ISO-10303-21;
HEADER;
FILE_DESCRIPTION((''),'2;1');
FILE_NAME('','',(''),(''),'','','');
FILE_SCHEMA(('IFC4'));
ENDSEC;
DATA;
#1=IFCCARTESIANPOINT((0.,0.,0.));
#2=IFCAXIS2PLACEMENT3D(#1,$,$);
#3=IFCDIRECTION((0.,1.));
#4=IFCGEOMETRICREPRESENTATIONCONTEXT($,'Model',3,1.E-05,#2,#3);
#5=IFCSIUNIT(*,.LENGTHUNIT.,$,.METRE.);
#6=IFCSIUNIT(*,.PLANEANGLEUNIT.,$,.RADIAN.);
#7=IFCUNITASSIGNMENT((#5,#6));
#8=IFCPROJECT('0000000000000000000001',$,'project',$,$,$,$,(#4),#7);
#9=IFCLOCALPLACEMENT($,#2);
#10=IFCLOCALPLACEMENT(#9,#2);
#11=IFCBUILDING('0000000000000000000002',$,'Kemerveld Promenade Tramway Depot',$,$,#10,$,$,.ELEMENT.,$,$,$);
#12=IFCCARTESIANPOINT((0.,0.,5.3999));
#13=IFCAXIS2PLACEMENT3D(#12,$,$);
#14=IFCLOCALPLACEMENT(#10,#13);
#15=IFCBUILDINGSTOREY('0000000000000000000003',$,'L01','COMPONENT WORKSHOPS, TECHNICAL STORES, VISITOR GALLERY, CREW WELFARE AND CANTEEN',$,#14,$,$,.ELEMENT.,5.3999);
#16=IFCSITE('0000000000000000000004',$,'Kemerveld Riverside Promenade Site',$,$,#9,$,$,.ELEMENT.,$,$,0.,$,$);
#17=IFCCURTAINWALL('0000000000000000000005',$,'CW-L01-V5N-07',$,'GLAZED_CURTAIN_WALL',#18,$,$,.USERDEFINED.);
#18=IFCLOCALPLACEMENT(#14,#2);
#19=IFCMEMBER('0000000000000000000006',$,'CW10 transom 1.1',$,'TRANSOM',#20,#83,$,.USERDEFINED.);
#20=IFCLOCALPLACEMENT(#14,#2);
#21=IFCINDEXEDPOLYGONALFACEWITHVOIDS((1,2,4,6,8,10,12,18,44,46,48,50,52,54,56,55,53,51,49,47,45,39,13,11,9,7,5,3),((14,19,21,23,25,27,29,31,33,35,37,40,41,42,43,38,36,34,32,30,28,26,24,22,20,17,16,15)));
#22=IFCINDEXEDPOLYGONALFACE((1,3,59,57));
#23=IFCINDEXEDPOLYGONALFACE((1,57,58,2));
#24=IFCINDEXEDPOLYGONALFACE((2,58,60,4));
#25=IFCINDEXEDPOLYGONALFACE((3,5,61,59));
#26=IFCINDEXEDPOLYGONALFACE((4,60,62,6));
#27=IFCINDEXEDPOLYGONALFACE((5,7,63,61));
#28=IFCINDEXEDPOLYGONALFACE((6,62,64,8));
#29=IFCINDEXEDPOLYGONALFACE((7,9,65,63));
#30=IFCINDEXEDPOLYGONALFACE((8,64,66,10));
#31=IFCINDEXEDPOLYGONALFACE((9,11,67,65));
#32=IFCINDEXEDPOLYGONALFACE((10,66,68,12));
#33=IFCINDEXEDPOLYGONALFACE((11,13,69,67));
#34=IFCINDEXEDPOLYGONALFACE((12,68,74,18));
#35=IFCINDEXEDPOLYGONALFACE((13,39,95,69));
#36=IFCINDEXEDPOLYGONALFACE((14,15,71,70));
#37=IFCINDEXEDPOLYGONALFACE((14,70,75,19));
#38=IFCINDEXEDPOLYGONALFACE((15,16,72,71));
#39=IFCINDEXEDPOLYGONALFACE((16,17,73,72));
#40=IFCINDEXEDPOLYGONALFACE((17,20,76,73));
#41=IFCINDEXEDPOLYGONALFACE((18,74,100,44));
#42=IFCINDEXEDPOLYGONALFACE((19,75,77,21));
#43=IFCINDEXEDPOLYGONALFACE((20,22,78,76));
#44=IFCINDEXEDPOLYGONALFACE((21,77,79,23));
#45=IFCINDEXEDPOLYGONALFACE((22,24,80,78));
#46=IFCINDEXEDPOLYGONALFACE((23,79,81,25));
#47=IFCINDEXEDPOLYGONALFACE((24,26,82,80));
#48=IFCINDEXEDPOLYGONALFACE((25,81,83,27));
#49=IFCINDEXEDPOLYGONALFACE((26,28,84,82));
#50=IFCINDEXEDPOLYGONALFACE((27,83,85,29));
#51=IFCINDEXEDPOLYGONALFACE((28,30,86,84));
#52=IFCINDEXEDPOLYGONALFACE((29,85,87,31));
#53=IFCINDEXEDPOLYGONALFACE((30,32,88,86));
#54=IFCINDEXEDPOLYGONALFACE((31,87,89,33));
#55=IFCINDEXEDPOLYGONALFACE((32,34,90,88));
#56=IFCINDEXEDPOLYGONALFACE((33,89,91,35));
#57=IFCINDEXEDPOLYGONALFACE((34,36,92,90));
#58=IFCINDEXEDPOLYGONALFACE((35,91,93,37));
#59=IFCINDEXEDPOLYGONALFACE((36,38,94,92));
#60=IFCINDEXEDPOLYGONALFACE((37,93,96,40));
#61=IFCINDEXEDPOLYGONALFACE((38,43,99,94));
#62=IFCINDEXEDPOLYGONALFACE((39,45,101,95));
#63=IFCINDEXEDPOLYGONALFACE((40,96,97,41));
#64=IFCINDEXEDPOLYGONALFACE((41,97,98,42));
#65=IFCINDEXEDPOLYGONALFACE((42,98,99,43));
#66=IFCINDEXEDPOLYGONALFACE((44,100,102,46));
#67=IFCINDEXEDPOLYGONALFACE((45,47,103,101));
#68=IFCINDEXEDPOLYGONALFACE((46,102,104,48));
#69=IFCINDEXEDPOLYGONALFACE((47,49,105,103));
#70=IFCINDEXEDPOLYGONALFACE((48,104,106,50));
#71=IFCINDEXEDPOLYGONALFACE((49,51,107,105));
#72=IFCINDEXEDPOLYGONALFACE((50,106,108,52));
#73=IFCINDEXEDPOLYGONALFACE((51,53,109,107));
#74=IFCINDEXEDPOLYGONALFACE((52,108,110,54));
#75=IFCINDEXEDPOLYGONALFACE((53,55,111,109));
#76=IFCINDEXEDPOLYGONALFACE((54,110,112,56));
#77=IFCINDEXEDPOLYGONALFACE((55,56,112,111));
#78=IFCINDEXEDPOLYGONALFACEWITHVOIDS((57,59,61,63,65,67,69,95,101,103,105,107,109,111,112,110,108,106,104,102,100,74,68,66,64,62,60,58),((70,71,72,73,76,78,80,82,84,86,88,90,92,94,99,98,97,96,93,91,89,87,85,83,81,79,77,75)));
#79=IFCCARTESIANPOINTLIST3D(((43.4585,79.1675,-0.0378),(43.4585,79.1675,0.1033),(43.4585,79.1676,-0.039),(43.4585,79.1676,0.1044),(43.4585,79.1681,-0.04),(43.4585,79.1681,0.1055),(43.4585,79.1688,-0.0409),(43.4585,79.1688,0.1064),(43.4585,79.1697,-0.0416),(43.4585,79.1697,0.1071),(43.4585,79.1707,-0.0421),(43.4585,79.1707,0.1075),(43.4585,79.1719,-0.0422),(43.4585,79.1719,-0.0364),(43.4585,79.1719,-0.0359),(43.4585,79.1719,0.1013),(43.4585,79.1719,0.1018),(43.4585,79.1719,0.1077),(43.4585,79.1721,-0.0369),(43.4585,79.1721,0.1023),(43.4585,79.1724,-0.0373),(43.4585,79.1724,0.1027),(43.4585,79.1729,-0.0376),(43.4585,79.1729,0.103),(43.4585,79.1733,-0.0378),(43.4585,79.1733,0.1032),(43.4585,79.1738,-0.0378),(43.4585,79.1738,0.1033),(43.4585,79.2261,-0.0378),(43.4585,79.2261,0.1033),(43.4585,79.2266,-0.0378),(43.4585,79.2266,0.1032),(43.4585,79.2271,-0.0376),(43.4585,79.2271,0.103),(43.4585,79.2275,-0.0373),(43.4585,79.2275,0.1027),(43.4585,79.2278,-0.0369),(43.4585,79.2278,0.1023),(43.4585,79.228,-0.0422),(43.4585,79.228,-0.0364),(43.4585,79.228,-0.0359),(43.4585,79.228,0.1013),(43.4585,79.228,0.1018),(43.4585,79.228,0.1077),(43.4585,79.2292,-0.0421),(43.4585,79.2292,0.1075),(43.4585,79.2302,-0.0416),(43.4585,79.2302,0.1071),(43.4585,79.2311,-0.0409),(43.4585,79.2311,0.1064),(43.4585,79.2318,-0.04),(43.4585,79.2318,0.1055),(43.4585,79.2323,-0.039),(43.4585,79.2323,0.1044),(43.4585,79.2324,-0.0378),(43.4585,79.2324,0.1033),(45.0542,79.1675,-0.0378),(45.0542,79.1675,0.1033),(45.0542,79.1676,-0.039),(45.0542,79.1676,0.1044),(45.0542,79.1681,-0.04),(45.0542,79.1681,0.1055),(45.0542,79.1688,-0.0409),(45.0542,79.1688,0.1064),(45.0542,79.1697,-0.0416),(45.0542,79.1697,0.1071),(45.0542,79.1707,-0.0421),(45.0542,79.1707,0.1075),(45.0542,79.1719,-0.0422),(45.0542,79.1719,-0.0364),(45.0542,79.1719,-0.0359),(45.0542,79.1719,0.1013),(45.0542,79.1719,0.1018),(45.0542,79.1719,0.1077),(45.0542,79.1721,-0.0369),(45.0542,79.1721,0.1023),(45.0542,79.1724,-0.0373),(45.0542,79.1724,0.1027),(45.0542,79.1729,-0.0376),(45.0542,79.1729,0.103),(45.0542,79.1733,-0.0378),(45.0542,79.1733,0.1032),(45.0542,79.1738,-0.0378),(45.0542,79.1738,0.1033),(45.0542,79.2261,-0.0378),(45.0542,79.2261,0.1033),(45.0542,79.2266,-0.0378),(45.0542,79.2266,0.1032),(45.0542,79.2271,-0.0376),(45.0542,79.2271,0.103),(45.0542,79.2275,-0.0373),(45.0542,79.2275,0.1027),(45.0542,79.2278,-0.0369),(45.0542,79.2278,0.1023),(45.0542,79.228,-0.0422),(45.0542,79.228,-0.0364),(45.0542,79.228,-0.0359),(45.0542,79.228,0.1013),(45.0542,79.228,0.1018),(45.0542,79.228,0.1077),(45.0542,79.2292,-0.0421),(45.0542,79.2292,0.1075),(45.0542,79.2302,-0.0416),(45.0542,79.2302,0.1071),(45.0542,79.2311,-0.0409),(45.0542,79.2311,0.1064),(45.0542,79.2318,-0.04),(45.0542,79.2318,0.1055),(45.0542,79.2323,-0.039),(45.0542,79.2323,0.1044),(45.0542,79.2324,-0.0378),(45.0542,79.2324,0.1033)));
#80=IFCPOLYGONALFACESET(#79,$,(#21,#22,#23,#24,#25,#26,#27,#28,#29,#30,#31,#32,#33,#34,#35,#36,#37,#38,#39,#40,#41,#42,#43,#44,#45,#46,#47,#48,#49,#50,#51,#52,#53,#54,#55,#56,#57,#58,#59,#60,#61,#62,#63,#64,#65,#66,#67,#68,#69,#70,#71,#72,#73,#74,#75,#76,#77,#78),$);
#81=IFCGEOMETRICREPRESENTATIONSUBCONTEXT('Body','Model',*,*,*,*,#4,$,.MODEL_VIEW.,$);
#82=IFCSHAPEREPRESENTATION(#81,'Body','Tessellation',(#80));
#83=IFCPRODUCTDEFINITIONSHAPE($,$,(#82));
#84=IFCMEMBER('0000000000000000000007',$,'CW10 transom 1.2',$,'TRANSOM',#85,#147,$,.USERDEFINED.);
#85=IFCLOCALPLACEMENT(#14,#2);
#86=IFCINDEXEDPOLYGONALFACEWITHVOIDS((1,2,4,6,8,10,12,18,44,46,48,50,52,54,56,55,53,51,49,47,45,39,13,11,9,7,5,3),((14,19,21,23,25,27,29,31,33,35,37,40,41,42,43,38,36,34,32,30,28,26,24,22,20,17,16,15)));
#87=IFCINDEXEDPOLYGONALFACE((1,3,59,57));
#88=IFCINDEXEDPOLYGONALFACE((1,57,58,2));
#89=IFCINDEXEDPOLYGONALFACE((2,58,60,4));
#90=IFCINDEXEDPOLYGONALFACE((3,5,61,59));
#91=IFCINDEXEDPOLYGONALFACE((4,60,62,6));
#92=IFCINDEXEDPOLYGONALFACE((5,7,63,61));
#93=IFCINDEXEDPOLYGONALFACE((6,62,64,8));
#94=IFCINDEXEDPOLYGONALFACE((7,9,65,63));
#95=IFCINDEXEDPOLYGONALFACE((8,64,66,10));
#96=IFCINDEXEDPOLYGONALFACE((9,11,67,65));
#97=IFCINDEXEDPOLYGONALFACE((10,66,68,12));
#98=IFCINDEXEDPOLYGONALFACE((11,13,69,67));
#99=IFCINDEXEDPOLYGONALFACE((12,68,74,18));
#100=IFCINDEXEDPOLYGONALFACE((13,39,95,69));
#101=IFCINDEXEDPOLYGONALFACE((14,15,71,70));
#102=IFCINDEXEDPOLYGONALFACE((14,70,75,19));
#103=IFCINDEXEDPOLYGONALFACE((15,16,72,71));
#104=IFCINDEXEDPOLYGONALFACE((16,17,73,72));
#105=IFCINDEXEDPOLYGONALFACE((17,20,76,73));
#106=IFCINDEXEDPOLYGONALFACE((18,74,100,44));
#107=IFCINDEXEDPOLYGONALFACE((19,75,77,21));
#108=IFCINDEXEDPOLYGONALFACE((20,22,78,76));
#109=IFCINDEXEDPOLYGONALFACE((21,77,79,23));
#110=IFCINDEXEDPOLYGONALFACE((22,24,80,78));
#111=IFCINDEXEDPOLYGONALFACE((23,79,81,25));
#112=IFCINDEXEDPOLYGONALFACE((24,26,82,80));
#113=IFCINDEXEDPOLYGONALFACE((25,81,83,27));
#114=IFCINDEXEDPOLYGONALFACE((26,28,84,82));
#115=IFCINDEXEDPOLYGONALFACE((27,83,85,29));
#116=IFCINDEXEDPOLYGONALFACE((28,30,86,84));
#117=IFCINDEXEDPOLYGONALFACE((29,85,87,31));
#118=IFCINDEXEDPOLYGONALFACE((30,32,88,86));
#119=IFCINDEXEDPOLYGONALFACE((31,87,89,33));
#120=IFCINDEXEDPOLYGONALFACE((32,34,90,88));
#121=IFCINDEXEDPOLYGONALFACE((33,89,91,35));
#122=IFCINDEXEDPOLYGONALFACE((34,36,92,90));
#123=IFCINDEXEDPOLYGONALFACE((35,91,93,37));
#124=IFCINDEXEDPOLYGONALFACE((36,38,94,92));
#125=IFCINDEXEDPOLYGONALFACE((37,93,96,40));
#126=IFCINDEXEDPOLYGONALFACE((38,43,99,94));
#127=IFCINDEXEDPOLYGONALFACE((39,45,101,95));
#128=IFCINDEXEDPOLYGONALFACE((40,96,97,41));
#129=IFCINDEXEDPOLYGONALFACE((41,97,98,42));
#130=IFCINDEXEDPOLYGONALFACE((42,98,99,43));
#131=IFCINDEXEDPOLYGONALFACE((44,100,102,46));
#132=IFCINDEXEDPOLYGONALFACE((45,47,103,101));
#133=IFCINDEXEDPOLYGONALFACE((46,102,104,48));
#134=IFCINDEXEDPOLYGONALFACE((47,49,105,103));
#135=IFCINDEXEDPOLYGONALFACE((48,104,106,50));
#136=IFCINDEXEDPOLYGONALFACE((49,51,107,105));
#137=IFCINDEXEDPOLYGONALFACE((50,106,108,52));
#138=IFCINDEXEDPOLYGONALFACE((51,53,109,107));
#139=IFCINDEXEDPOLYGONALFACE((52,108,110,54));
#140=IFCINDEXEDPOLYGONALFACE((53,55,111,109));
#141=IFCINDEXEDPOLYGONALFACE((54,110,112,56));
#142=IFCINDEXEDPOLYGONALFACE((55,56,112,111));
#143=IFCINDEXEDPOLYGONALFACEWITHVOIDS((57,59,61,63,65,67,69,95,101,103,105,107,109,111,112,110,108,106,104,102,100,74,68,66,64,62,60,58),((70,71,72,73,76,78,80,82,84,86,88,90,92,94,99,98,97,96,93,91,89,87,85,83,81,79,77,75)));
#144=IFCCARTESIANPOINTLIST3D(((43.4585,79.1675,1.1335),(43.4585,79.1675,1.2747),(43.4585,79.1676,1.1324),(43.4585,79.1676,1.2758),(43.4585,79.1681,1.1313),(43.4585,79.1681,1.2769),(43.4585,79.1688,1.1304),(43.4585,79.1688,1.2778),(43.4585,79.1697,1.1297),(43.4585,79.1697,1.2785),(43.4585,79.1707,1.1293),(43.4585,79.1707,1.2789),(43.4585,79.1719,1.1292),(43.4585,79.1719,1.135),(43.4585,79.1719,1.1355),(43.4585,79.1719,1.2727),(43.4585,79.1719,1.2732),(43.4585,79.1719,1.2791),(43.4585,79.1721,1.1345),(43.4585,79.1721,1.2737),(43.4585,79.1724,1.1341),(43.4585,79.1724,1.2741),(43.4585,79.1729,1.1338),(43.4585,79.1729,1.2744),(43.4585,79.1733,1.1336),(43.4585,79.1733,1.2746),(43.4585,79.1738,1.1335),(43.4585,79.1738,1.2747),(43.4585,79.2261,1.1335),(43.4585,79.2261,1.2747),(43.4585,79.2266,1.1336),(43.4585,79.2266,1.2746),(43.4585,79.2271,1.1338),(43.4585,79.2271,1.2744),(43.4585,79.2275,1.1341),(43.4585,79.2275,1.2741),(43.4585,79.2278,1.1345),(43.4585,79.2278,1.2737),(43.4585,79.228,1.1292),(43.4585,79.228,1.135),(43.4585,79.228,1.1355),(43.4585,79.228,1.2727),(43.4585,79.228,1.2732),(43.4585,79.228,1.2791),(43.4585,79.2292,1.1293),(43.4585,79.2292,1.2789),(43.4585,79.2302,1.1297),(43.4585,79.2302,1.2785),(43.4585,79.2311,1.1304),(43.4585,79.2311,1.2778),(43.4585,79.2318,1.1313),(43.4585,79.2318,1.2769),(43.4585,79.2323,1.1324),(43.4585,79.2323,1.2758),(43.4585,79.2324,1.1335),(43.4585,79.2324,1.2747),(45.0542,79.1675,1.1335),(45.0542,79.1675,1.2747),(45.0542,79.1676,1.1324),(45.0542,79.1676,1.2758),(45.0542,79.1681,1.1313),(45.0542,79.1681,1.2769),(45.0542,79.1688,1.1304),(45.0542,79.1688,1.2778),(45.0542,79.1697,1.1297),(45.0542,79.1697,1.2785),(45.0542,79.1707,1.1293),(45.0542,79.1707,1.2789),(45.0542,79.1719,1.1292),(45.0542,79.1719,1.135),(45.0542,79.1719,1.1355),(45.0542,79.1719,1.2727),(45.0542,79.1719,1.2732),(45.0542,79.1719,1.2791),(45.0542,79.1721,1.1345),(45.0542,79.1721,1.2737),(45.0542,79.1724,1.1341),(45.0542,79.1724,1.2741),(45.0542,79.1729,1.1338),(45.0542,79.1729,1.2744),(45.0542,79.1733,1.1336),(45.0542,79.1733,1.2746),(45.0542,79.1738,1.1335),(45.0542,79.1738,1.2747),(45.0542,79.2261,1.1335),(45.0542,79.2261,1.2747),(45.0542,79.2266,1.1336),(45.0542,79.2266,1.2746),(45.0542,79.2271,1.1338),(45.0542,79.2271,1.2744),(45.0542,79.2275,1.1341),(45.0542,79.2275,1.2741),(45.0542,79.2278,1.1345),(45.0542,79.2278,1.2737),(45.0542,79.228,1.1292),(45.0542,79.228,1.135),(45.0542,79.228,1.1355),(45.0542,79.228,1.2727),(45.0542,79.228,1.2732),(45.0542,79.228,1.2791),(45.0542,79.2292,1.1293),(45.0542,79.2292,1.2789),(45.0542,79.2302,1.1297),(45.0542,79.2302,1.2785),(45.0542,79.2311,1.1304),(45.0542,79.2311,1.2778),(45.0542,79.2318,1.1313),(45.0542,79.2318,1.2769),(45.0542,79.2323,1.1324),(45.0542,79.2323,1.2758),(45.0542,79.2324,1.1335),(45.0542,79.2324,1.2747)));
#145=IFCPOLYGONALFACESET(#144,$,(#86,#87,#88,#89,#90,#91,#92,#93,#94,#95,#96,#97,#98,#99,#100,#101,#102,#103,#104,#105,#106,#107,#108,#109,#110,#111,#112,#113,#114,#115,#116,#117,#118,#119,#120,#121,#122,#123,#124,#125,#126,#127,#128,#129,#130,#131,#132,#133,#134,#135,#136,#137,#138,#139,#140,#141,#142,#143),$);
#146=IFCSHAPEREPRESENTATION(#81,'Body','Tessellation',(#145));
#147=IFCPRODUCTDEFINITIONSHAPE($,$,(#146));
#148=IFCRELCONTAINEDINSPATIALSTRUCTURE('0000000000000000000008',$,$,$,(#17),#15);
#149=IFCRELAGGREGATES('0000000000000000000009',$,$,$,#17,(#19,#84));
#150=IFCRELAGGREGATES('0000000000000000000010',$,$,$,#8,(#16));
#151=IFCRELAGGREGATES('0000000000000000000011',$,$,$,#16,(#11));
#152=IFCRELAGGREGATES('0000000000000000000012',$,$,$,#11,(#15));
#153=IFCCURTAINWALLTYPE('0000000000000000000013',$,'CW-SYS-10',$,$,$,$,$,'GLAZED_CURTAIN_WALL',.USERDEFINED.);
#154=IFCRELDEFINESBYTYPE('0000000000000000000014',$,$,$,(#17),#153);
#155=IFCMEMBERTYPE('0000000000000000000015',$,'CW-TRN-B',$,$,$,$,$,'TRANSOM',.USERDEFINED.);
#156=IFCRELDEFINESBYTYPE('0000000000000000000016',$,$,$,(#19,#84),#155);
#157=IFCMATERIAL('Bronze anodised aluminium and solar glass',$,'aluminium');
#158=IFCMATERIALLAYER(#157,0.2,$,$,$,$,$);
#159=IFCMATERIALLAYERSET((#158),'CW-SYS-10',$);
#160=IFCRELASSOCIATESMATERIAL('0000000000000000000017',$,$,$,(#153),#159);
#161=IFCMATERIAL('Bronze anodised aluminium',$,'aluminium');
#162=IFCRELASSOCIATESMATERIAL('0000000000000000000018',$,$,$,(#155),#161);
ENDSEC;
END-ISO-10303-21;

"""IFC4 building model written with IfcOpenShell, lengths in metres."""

from ifc_helpers import new_model, si_unit, direction, frame, origin, origin_2d, place, context, subcontext, project, spatial, hollow_rectangle, extrude, material, layer, layer_set, material_profile, profile_set, type_object, element, aggregate, save


model = new_model("IFC4")

# Units and contexts
model_context = context("Model", 3, precision=1e-05, world=origin(), true_north=direction((0.0, 1.0)))
body_context = subcontext(model_context, "Body", "Model", "MODEL_VIEW")
ifc_project = project(units=[si_unit("LENGTHUNIT", "METRE"), si_unit("PLANEANGLEUNIT", "RADIAN")], contexts=[model_context])

# Site, building, storey
site_placement = place(None, origin())
site = spatial("IfcSite", under=ifc_project, at=site_placement, Name="Kemerveld Riverside Promenade Site", CompositionType="ELEMENT", RefElevation=0.0)
building_placement = place(site_placement, origin())
building = spatial("IfcBuilding", under=site, at=building_placement, Name="Kemerveld Promenade Tramway Depot", CompositionType="ELEMENT")
storey_placement = place(building_placement, frame((0.0, 0.0, 5.3999)))
storey = spatial("IfcBuildingStorey", under=building, at=storey_placement, Name="L01", Description="COMPONENT WORKSHOPS, TECHNICAL STORES, VISITOR GALLERY, CREW WELFARE AND CANTEEN", CompositionType="ELEMENT", Elevation=5.3999)

# Curtain wall, members
ifc_material_1 = material(Name="Bronze anodised aluminium and solar glass", Category="aluminium")
ifc_layer_1 = layer(ifc_material_1, 0.2)
ifc_layer_set_1 = layer_set([ifc_layer_1], Name="CW-SYS-10")
curtain_wall_type = type_object("IfcCurtainWallType", Name="CW-SYS-10", ElementType="GLAZED_CURTAIN_WALL", PredefinedType="USERDEFINED", material=ifc_layer_set_1)
curtain_wall_placement = place(storey_placement, origin())
curtain_wall = element("IfcCurtainWall", 1, at=curtain_wall_placement, inside=storey, type_object=curtain_wall_type, Name="CW-L01-V5N-07", ObjectType="GLAZED_CURTAIN_WALL", PredefinedType="USERDEFINED")
ifc_material_2 = material(Name="Bronze anodised aluminium", Category="aluminium")
ifc_material_profile_1 = material_profile(ifc_material_2, hollow_rectangle(XDim=0.0649, YDim=0.1499, WallThickness=0.0044, InnerFilletRadius=0.002, OuterFilletRadius=0.0044, at=origin_2d()), Name="CW-TRN-150x65")
ifc_profile_set_1 = profile_set([ifc_material_profile_1], Name="Bronze anodised aluminium")
member_type_1 = type_object("IfcMemberType", Name="CW-TRN-B", ElementType="TRANSOM", PredefinedType="USERDEFINED", material=ifc_profile_set_1)
member_1_placement = place(storey_placement, frame((43.4585, 79.2, 0.0327), z_axis=(1.0, 0.0, 0.0), x_axis=(0.0, 1.0, 0.0)))
member_1 = element("IfcMember", 2, at=member_1_placement, type_object=member_type_1, Name="CW10 transom 1.1", ObjectType="TRANSOM", PredefinedType="USERDEFINED", context=body_context, shape_type="SweptSolid", body=[
    extrude(hollow_rectangle(XDim=0.0649, YDim=0.1499, WallThickness=0.0044, InnerFilletRadius=0.002, OuterFilletRadius=0.0044, at=origin_2d()), origin(), (0.0, 0.0, 1.0), 1.5957),
])
member_2_placement = place(storey_placement, frame((43.4585, 79.2, 1.2041), z_axis=(1.0, 0.0, 0.0), x_axis=(0.0, 1.0, 0.0)))
member_2 = element("IfcMember", 3, at=member_2_placement, type_object=member_type_1, Name="CW10 transom 1.2", ObjectType="TRANSOM", PredefinedType="USERDEFINED", context=body_context, shape_type="SweptSolid", body=[
    extrude(hollow_rectangle(XDim=0.0649, YDim=0.1499, WallThickness=0.0044, InnerFilletRadius=0.002, OuterFilletRadius=0.0044, at=origin_2d()), origin(), (0.0, 0.0, 1.0), 1.5957),
])
aggregate(curtain_wall, [member_1, member_2])

save(model, "model.ifc")
